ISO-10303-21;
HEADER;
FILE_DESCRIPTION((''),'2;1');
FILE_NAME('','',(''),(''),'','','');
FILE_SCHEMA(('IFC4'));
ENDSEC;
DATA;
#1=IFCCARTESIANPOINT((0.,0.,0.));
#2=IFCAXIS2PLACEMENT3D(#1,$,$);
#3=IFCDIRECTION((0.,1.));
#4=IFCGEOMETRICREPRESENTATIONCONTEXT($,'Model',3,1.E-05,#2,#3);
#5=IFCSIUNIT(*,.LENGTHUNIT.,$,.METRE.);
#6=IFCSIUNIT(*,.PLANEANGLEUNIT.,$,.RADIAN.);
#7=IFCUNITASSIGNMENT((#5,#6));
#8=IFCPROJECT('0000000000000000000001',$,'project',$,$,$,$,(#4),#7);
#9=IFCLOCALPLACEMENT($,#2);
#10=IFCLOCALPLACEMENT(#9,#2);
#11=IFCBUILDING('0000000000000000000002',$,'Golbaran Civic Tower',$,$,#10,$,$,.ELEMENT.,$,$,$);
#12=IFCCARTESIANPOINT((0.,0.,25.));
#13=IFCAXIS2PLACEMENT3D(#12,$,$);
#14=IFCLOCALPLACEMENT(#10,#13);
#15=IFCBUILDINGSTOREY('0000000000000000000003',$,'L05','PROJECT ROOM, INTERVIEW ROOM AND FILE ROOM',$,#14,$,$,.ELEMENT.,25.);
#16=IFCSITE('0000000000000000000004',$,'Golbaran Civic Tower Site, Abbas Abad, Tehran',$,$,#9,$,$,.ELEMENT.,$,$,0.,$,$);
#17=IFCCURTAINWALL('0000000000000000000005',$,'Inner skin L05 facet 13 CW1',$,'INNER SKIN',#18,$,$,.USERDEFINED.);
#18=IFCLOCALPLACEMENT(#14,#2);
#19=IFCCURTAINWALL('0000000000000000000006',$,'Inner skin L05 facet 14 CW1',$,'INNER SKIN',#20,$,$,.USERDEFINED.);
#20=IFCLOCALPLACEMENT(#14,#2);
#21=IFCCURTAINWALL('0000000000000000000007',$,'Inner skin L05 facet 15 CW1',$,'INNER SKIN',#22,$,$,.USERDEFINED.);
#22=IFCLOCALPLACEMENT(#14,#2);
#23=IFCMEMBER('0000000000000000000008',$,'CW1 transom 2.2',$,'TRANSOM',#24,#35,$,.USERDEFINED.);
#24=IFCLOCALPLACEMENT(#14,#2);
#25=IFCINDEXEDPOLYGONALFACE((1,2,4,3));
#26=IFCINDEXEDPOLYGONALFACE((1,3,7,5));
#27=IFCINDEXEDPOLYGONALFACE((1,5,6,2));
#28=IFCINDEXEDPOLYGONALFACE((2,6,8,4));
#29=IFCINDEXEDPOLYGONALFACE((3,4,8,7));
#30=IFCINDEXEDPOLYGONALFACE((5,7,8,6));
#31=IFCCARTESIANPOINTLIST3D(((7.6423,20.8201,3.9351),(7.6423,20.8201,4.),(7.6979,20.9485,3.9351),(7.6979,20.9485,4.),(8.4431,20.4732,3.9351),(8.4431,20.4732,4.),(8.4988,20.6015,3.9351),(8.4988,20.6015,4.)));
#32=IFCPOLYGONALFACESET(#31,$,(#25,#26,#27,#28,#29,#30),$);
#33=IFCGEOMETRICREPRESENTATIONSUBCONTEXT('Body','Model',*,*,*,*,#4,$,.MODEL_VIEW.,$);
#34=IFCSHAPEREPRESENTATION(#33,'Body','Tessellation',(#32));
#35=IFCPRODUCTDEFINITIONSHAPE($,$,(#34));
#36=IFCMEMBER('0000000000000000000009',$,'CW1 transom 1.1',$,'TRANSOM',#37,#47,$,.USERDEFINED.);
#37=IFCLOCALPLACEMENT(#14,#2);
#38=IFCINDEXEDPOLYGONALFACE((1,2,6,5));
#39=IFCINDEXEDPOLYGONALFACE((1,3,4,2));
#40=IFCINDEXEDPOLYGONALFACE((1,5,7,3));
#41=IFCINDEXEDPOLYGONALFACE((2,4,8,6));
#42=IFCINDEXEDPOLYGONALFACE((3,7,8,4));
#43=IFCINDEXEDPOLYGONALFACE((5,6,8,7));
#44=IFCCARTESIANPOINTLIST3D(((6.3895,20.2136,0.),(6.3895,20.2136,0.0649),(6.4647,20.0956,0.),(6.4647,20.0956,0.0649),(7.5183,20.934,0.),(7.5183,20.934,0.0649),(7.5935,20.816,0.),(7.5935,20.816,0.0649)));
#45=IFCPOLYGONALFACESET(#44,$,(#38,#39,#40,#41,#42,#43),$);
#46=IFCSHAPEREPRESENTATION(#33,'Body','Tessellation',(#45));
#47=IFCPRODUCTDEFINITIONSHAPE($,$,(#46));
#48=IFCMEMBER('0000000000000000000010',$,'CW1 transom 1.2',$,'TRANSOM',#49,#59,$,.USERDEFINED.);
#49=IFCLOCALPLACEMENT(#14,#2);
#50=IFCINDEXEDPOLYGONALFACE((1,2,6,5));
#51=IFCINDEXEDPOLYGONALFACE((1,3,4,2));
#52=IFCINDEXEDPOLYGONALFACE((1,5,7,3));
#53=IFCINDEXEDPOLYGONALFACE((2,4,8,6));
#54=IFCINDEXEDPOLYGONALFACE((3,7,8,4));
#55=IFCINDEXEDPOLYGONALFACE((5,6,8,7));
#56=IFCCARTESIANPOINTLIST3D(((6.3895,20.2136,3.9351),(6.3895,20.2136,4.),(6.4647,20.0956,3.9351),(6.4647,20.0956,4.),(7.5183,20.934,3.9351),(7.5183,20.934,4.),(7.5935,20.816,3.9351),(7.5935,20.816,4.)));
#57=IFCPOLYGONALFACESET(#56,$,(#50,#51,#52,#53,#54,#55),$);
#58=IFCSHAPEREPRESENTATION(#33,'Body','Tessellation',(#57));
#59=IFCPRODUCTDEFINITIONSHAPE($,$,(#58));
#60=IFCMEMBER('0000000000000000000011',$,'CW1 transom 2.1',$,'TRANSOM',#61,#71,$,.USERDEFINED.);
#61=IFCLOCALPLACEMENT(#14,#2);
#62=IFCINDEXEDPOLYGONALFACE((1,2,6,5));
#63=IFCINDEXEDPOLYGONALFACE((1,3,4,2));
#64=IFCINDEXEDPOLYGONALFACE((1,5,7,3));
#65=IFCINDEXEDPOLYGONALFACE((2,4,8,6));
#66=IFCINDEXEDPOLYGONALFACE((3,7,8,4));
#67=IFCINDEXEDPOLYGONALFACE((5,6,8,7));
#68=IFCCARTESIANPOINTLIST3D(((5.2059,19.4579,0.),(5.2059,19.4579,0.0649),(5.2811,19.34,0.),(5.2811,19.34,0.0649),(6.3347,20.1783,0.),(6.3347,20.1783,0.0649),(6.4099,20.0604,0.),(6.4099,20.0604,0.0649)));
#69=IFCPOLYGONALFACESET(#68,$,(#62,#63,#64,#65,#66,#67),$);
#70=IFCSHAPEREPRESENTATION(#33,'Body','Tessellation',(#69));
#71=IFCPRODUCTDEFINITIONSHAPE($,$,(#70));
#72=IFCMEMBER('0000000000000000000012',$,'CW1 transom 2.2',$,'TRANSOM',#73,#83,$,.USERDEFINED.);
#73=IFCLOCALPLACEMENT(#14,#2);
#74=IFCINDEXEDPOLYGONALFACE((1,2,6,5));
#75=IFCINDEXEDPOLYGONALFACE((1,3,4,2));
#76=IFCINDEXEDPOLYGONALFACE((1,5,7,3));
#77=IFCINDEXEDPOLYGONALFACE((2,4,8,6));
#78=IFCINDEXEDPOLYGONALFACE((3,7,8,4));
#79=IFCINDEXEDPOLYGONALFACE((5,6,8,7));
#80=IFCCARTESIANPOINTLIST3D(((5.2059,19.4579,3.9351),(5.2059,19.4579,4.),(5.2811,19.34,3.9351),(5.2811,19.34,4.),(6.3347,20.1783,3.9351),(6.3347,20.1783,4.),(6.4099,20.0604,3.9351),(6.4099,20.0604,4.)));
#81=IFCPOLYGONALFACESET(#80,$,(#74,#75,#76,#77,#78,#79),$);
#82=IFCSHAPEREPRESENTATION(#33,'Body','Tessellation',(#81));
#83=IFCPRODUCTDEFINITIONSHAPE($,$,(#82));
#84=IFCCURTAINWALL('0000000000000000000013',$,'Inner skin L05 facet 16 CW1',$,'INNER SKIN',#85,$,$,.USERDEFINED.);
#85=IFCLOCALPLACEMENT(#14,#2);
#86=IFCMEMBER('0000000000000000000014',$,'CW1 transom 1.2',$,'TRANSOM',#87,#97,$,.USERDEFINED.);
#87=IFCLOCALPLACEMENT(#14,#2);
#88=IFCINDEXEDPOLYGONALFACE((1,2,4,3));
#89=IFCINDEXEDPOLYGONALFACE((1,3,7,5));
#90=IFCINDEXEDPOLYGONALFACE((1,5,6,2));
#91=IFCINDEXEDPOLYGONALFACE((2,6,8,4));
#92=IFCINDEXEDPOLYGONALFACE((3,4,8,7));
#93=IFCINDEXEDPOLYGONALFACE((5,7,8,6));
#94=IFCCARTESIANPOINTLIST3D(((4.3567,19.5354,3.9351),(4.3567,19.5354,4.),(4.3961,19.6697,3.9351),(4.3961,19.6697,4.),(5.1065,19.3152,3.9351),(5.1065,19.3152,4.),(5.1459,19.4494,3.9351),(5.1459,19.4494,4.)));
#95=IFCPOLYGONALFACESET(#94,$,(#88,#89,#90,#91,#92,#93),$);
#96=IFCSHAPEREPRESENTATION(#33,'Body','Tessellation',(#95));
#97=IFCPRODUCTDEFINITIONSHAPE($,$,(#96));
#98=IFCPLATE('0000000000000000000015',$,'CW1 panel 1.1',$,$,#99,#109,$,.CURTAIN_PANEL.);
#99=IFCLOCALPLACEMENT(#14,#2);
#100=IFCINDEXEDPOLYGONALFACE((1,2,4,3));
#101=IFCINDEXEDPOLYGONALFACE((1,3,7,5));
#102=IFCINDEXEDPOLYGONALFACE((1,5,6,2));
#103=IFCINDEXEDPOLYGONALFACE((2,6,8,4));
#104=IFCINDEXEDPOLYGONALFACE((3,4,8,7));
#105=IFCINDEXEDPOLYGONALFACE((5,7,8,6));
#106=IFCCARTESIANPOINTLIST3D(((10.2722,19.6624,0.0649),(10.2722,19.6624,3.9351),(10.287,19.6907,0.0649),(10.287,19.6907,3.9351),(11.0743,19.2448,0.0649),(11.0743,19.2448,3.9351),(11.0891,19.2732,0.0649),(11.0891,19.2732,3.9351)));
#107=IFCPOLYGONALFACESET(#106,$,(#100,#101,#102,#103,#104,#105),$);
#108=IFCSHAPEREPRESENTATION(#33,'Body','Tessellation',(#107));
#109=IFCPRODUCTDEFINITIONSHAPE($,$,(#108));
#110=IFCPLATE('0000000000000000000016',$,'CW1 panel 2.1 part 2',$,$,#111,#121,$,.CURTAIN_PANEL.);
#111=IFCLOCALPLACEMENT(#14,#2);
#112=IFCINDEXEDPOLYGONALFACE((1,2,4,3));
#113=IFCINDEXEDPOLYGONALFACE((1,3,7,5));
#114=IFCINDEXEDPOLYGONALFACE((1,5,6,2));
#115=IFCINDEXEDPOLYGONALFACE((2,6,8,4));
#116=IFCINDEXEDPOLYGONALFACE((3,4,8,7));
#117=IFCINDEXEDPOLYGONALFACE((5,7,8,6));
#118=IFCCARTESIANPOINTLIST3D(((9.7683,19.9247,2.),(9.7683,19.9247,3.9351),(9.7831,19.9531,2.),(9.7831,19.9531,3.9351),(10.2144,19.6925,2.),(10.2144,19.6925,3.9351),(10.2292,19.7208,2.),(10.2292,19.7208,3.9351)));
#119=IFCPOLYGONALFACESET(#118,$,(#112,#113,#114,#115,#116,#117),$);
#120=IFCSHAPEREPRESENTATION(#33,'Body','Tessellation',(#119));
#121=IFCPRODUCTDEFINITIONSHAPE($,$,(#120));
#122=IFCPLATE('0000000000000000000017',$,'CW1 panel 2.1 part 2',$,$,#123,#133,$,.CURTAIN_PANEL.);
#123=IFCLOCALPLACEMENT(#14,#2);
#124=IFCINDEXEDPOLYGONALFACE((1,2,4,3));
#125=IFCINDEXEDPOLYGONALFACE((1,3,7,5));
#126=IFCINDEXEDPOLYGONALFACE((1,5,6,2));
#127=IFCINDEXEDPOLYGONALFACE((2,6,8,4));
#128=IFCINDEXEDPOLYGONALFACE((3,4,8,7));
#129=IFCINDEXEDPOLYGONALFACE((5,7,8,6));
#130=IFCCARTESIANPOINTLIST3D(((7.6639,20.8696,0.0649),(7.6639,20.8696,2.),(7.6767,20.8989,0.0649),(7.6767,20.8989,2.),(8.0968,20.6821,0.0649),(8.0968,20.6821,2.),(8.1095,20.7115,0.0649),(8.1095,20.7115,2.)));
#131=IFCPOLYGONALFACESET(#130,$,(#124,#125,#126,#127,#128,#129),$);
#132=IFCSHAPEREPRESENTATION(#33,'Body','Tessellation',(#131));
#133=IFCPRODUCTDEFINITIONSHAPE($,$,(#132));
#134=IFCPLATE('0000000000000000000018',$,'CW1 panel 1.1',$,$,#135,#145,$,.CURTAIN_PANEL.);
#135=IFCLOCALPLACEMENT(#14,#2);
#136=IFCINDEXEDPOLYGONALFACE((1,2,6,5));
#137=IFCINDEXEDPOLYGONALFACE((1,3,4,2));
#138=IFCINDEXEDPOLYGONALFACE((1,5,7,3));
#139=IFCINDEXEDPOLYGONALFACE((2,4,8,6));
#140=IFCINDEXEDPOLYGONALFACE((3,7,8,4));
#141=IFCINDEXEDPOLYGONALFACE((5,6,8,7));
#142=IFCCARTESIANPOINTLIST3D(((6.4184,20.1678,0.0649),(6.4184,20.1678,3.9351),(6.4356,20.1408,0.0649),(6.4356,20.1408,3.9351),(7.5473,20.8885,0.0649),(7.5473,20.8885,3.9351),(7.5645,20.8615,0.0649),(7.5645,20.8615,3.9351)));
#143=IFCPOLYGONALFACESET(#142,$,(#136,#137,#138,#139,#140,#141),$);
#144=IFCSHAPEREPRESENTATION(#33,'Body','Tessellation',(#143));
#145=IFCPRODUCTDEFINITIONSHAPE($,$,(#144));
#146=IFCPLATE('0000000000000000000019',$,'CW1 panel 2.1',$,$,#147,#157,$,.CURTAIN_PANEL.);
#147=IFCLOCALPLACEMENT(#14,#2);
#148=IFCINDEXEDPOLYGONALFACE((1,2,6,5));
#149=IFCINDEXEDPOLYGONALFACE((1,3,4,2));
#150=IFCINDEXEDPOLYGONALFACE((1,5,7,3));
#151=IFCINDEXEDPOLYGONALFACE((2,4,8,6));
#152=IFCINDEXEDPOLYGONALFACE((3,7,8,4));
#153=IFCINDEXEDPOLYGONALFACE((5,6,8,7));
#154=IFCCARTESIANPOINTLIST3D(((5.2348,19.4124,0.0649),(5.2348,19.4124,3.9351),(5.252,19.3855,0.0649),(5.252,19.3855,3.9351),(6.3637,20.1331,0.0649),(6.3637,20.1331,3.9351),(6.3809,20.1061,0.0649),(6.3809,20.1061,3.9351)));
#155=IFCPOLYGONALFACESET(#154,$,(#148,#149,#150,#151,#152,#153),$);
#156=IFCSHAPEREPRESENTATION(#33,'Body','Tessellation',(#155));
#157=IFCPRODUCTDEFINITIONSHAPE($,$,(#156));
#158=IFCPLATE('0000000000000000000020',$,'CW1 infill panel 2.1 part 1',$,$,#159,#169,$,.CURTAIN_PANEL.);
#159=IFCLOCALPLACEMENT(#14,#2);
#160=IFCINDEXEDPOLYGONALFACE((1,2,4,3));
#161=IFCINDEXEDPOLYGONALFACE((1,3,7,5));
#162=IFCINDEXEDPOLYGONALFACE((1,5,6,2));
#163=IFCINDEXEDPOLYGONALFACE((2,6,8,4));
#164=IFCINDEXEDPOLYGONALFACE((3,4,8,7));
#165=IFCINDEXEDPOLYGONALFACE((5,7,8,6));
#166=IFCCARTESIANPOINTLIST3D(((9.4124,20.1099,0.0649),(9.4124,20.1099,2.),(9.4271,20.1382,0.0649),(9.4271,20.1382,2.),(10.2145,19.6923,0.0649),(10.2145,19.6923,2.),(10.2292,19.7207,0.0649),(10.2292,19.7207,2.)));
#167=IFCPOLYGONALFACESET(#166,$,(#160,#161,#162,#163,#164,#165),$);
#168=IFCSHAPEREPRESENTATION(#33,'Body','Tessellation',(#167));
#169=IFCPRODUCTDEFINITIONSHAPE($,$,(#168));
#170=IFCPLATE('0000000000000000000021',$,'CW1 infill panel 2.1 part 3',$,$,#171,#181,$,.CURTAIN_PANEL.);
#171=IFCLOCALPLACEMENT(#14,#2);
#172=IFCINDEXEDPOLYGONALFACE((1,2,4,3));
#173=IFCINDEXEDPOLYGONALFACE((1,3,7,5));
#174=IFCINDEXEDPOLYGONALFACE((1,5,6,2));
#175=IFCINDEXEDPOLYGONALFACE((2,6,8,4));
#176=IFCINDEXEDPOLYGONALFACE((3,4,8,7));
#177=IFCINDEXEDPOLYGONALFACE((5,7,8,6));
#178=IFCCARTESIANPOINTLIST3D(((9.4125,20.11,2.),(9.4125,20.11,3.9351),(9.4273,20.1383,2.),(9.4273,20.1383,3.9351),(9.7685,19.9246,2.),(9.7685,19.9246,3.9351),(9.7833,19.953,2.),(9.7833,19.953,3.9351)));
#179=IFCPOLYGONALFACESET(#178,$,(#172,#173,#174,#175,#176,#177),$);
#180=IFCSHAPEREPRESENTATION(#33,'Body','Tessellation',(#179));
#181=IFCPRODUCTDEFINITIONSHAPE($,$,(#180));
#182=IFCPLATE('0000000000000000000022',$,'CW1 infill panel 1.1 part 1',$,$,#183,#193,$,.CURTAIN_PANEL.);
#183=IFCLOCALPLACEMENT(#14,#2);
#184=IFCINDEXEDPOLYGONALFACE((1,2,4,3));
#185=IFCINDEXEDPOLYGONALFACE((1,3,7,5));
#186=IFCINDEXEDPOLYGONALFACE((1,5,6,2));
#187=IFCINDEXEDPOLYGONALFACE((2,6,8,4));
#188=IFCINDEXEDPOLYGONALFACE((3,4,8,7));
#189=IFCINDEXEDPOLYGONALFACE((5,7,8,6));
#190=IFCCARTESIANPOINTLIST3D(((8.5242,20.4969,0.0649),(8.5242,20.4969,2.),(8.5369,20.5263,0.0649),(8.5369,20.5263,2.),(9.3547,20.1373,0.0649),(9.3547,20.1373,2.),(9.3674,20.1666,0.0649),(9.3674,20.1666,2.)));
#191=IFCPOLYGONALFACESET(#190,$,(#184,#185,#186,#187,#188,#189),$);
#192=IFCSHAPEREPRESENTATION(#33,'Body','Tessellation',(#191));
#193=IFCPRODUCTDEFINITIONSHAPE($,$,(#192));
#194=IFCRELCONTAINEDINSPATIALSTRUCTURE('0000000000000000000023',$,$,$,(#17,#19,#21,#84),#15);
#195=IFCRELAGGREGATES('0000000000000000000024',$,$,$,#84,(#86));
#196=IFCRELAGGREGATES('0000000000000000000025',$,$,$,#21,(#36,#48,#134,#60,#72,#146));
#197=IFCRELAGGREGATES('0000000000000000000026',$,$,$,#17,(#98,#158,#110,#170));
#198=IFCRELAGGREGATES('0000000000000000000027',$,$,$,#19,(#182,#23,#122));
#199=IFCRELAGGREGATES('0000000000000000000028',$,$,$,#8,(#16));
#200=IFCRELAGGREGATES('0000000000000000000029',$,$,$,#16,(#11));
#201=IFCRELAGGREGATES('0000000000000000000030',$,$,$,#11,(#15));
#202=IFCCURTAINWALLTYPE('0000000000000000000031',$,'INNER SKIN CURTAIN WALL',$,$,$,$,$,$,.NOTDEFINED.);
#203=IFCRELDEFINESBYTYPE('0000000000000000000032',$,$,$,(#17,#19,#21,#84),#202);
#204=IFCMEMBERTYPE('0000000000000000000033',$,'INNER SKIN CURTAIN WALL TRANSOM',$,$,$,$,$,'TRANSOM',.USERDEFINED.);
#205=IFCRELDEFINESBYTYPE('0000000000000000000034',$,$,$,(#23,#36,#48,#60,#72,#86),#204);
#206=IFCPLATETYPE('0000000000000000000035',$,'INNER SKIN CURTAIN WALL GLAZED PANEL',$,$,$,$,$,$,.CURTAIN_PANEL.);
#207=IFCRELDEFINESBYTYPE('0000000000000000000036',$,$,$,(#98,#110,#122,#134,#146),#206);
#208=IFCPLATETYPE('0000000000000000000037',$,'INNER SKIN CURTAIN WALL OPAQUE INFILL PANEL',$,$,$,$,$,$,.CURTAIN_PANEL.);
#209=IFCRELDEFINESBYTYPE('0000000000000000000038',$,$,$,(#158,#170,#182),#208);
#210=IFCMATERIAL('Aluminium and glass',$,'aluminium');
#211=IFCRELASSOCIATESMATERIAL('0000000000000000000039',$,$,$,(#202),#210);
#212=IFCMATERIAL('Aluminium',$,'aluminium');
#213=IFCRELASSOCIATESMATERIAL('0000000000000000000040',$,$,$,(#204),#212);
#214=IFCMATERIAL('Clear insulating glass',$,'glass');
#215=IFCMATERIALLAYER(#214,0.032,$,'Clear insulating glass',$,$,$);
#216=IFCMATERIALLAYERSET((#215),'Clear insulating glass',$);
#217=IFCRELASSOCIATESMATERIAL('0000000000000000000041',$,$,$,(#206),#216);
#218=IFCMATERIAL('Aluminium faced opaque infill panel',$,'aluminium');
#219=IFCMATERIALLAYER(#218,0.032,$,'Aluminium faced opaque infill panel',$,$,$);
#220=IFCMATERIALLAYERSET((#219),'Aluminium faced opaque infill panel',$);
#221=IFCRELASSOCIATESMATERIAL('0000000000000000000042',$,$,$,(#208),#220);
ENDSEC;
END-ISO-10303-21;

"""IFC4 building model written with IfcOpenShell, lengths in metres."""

from ifc_helpers import new_model, si_unit, direction, frame, origin, origin_2d, place, context, subcontext, project, spatial, rectangle, extrude, material, layer, layer_set, material_profile, profile_set, type_object, element, aggregate, save


model = new_model("IFC4")

# Units and contexts
model_context = context("Model", 3, precision=1e-05, world=origin(), true_north=direction((0.0, 1.0)))
body_context = subcontext(model_context, "Body", "Model", "MODEL_VIEW")
ifc_project = project(units=[si_unit("LENGTHUNIT", "METRE"), si_unit("PLANEANGLEUNIT", "RADIAN")], contexts=[model_context])

# Site, building, storey
site_placement = place(None, origin())
site = spatial("IfcSite", under=ifc_project, at=site_placement, Name="Golbaran Civic Tower Site, Abbas Abad, Tehran", CompositionType="ELEMENT", RefElevation=0.0)
building_placement = place(site_placement, origin())
building = spatial("IfcBuilding", under=site, at=building_placement, Name="Golbaran Civic Tower", CompositionType="ELEMENT")
storey_placement = place(building_placement, frame((0.0, 0.0, 25.0)))
storey = spatial("IfcBuildingStorey", under=building, at=storey_placement, Name="L05", Description="PROJECT ROOM, INTERVIEW ROOM AND FILE ROOM", CompositionType="ELEMENT", Elevation=25.0)

# Curtain walls
ifc_material_1 = material(Name="Aluminium and glass", Category="aluminium")
curtain_wall_type = type_object("IfcCurtainWallType", Name="INNER SKIN CURTAIN WALL", PredefinedType="NOTDEFINED", material=ifc_material_1)
curtain_wall_1_placement = place(storey_placement, origin())
curtain_wall_1 = element("IfcCurtainWall", 1, at=curtain_wall_1_placement, inside=storey, type_object=curtain_wall_type, Name="Inner skin L05 facet 13 CW1", ObjectType="INNER SKIN", PredefinedType="USERDEFINED")
ifc_material_2 = material(Name="Aluminium", Category="aluminium")
curtain_wall_2_placement = place(storey_placement, origin())
curtain_wall_2 = element("IfcCurtainWall", 2, at=curtain_wall_2_placement, inside=storey, type_object=curtain_wall_type, Name="Inner skin L05 facet 14 CW1", ObjectType="INNER SKIN", PredefinedType="USERDEFINED")
curtain_wall_3_placement = place(storey_placement, origin())
curtain_wall_3 = element("IfcCurtainWall", 3, at=curtain_wall_3_placement, inside=storey, type_object=curtain_wall_type, Name="Inner skin L05 facet 15 CW1", ObjectType="INNER SKIN", PredefinedType="USERDEFINED")

# Members
ifc_material_profile_1 = material_profile(ifc_material_2, rectangle(XDim=0.1399, YDim=0.0649, at=origin_2d()), Name="INNER SKIN CURTAIN WALL TRANSOM")
ifc_profile_set_1 = profile_set([ifc_material_profile_1], Name="Aluminium")
member_type_1 = type_object("IfcMemberType", Name="INNER SKIN CURTAIN WALL TRANSOM", ElementType="TRANSOM", PredefinedType="USERDEFINED", material=ifc_profile_set_1)
member_1_placement = place(storey_placement, frame((8.4709, 20.5374, 3.9675), z_axis=(-0.91759, 0.397529, 0.0), x_axis=(-0.397529, -0.91759, 0.0)))
member_1 = element("IfcMember", 4, at=member_1_placement, type_object=member_type_1, Name="CW1 transom 2.2", ObjectType="TRANSOM", PredefinedType="USERDEFINED", context=body_context, shape_type="SweptSolid", body=[
    extrude(rectangle(XDim=0.1399, YDim=0.0649, at=origin_2d()), origin(), (0.0, 0.0, 1.0), 0.8728),
])
member_2_placement = place(storey_placement, frame((7.5559, 20.875, 0.0325), z_axis=(-0.842963, -0.537972, 0.0), x_axis=(0.537972, -0.842963, 0.0)))
member_2 = element("IfcMember", 5, at=member_2_placement, type_object=member_type_1, Name="CW1 transom 1.1", ObjectType="TRANSOM", PredefinedType="USERDEFINED", context=body_context, shape_type="SweptSolid", body=[
    extrude(rectangle(XDim=0.1399, YDim=0.0649, at=origin_2d()), origin(), (0.0, 0.0, 1.0), 1.3391),
])
member_3_placement = place(storey_placement, frame((7.5559, 20.875, 3.9675), z_axis=(-0.842963, -0.537972, 0.0), x_axis=(0.537972, -0.842963, 0.0)))
member_3 = element("IfcMember", 6, at=member_3_placement, type_object=member_type_1, Name="CW1 transom 1.2", ObjectType="TRANSOM", PredefinedType="USERDEFINED", context=body_context, shape_type="SweptSolid", body=[
    extrude(rectangle(XDim=0.1399, YDim=0.0649, at=origin_2d()), origin(), (0.0, 0.0, 1.0), 1.3391),
])
member_4_placement = place(storey_placement, frame((6.3723, 20.1194, 0.0325), z_axis=(-0.842963, -0.537972, 0.0), x_axis=(0.537972, -0.842963, 0.0)))
member_4 = element("IfcMember", 7, at=member_4_placement, type_object=member_type_1, Name="CW1 transom 2.1", ObjectType="TRANSOM", PredefinedType="USERDEFINED", context=body_context, shape_type="SweptSolid", body=[
    extrude(rectangle(XDim=0.1399, YDim=0.0649, at=origin_2d()), origin(), (0.0, 0.0, 1.0), 1.3391),
])
member_5_placement = place(storey_placement, frame((6.3723, 20.1194, 3.9675), z_axis=(-0.842963, -0.537972, 0.0), x_axis=(0.537972, -0.842963, 0.0)))
member_5 = element("IfcMember", 8, at=member_5_placement, type_object=member_type_1, Name="CW1 transom 2.2", ObjectType="TRANSOM", PredefinedType="USERDEFINED", context=body_context, shape_type="SweptSolid", body=[
    extrude(rectangle(XDim=0.1399, YDim=0.0649, at=origin_2d()), origin(), (0.0, 0.0, 1.0), 1.3391),
])

# Curtain wall, member
curtain_wall_4_placement = place(storey_placement, origin())
curtain_wall_4 = element("IfcCurtainWall", 9, at=curtain_wall_4_placement, inside=storey, type_object=curtain_wall_type, Name="Inner skin L05 facet 16 CW1", ObjectType="INNER SKIN", PredefinedType="USERDEFINED")
member_6_placement = place(storey_placement, frame((5.1262, 19.3823, 3.9675), z_axis=(-0.95947, 0.281811, 0.0), x_axis=(-0.281811, -0.95947, 0.0)))
member_6 = element("IfcMember", 10, at=member_6_placement, type_object=member_type_1, Name="CW1 transom 1.2", ObjectType="TRANSOM", PredefinedType="USERDEFINED", context=body_context, shape_type="SweptSolid", body=[
    extrude(rectangle(XDim=0.1399, YDim=0.0649, at=origin_2d()), origin(), (0.0, 0.0, 1.0), 0.7815),
])
aggregate(curtain_wall_4, [member_6])

# Plates
ifc_material_3 = material(Name="Clear insulating glass", Category="glass")
ifc_layer_1 = layer(ifc_material_3, 0.032, Name="Clear insulating glass")
ifc_layer_set_1 = layer_set([ifc_layer_1], Name="Clear insulating glass")
plate_type_1 = type_object("IfcPlateType", Name="INNER SKIN CURTAIN WALL GLAZED PANEL", PredefinedType="CURTAIN_PANEL", material=ifc_layer_set_1)
plate_1_placement = place(storey_placement, frame((10.6807, 19.4678, 0.0649), z_axis=(0.0, 0.0, 1.0), x_axis=(-0.887011, 0.461749, 0.0)))
plate_1 = element("IfcPlate", 11, at=plate_1_placement, type_object=plate_type_1, Name="CW1 panel 1.1", PredefinedType="CURTAIN_PANEL", context=body_context, shape_type="SweptSolid", body=[
    extrude(rectangle(XDim=0.9043, YDim=0.032, at=origin_2d()), origin(), (0.0, 0.0, 1.0), 3.8701),
])
plate_2_placement = place(storey_placement, frame((9.9988, 19.8228, 2.0), z_axis=(0.0, 0.0, 1.0), x_axis=(-0.887011, 0.461749, 0.0)))
plate_2 = element("IfcPlate", 12, at=plate_2_placement, type_object=plate_type_1, Name="CW1 panel 2.1 part 2", PredefinedType="CURTAIN_PANEL", context=body_context, shape_type="SweptSolid", body=[
    extrude(rectangle(XDim=0.5029, YDim=0.032, at=origin_2d()), origin(), (0.0, 0.0, 1.0), 1.9351),
])
plate_3_placement = place(storey_placement, frame((7.8867, 20.7905, 0.0649), z_axis=(0.0, 0.0, 1.0), x_axis=(-0.917653, 0.397383, 0.0)))
plate_3 = element("IfcPlate", 13, at=plate_3_placement, type_object=plate_type_1, Name="CW1 panel 2.1 part 2", PredefinedType="CURTAIN_PANEL", context=body_context, shape_type="SweptSolid", body=[
    extrude(rectangle(XDim=0.4717, YDim=0.032, at=origin_2d()), origin(), (0.0, 0.0, 1.0), 1.9351),
])
plate_4_placement = place(storey_placement, frame((6.9915, 20.5146, 0.0649), z_axis=(0.0, 0.0, 1.0), x_axis=(-0.842904, -0.538063, 0.0)))
plate_4 = element("IfcPlate", 14, at=plate_4_placement, type_object=plate_type_1, Name="CW1 panel 1.1", PredefinedType="CURTAIN_PANEL", context=body_context, shape_type="SweptSolid", body=[
    extrude(rectangle(XDim=1.3394, YDim=0.032, at=origin_2d()), origin(), (0.0, 0.0, 1.0), 3.8701),
])
plate_5_placement = place(storey_placement, frame((5.8079, 19.7593, 0.0649), z_axis=(0.0, 0.0, 1.0), x_axis=(-0.842904, -0.538063, 0.0)))
plate_5 = element("IfcPlate", 15, at=plate_5_placement, type_object=plate_type_1, Name="CW1 panel 2.1", PredefinedType="CURTAIN_PANEL", context=body_context, shape_type="SweptSolid", body=[
    extrude(rectangle(XDim=1.3394, YDim=0.032, at=origin_2d()), origin(), (0.0, 0.0, 1.0), 3.8701),
])
aggregate(curtain_wall_3, [member_2, member_3, plate_4, member_4, member_5, plate_5])
ifc_material_4 = material(Name="Aluminium faced opaque infill panel", Category="aluminium")
ifc_layer_2 = layer(ifc_material_4, 0.032, Name="Aluminium faced opaque infill panel")
ifc_layer_set_2 = layer_set([ifc_layer_2], Name="Aluminium faced opaque infill panel")
plate_type_2 = type_object("IfcPlateType", Name="INNER SKIN CURTAIN WALL OPAQUE INFILL PANEL", PredefinedType="CURTAIN_PANEL", material=ifc_layer_set_2)
plate_6_placement = place(storey_placement, frame((9.8208, 19.9153, 0.0649), z_axis=(0.0, 0.0, 1.0), x_axis=(-0.887011, 0.461749, 0.0)))
plate_6 = element("IfcPlate", 16, at=plate_6_placement, type_object=plate_type_2, Name="CW1 infill panel 2.1 part 1", PredefinedType="CURTAIN_PANEL", context=body_context, shape_type="SweptSolid", body=[
    extrude(rectangle(XDim=0.9043, YDim=0.032, at=origin_2d()), origin(), (0.0, 0.0, 1.0), 1.9351),
])
plate_7_placement = place(storey_placement, frame((9.5979, 20.0315, 2.0), z_axis=(0.0, 0.0, 1.0), x_axis=(-0.887011, 0.461749, 0.0)))
plate_7 = element("IfcPlate", 17, at=plate_7_placement, type_object=plate_type_2, Name="CW1 infill panel 2.1 part 3", PredefinedType="CURTAIN_PANEL", context=body_context, shape_type="SweptSolid", body=[
    extrude(rectangle(XDim=0.4014, YDim=0.032, at=origin_2d()), origin(), (0.0, 0.0, 1.0), 1.9351),
])
aggregate(curtain_wall_1, [plate_1, plate_6, plate_2, plate_7])
plate_8_placement = place(storey_placement, frame((8.9458, 20.3318, 0.0649), z_axis=(0.0, 0.0, 1.0), x_axis=(-0.917653, 0.397383, 0.0)))
plate_8 = element("IfcPlate", 18, at=plate_8_placement, type_object=plate_type_2, Name="CW1 infill panel 1.1 part 1", PredefinedType="CURTAIN_PANEL", context=body_context, shape_type="SweptSolid", body=[
    extrude(rectangle(XDim=0.905, YDim=0.032, at=origin_2d()), origin(), (0.0, 0.0, 1.0), 1.9351),
])
aggregate(curtain_wall_2, [plate_8, member_1, plate_3])

save(model, "model.ifc")
